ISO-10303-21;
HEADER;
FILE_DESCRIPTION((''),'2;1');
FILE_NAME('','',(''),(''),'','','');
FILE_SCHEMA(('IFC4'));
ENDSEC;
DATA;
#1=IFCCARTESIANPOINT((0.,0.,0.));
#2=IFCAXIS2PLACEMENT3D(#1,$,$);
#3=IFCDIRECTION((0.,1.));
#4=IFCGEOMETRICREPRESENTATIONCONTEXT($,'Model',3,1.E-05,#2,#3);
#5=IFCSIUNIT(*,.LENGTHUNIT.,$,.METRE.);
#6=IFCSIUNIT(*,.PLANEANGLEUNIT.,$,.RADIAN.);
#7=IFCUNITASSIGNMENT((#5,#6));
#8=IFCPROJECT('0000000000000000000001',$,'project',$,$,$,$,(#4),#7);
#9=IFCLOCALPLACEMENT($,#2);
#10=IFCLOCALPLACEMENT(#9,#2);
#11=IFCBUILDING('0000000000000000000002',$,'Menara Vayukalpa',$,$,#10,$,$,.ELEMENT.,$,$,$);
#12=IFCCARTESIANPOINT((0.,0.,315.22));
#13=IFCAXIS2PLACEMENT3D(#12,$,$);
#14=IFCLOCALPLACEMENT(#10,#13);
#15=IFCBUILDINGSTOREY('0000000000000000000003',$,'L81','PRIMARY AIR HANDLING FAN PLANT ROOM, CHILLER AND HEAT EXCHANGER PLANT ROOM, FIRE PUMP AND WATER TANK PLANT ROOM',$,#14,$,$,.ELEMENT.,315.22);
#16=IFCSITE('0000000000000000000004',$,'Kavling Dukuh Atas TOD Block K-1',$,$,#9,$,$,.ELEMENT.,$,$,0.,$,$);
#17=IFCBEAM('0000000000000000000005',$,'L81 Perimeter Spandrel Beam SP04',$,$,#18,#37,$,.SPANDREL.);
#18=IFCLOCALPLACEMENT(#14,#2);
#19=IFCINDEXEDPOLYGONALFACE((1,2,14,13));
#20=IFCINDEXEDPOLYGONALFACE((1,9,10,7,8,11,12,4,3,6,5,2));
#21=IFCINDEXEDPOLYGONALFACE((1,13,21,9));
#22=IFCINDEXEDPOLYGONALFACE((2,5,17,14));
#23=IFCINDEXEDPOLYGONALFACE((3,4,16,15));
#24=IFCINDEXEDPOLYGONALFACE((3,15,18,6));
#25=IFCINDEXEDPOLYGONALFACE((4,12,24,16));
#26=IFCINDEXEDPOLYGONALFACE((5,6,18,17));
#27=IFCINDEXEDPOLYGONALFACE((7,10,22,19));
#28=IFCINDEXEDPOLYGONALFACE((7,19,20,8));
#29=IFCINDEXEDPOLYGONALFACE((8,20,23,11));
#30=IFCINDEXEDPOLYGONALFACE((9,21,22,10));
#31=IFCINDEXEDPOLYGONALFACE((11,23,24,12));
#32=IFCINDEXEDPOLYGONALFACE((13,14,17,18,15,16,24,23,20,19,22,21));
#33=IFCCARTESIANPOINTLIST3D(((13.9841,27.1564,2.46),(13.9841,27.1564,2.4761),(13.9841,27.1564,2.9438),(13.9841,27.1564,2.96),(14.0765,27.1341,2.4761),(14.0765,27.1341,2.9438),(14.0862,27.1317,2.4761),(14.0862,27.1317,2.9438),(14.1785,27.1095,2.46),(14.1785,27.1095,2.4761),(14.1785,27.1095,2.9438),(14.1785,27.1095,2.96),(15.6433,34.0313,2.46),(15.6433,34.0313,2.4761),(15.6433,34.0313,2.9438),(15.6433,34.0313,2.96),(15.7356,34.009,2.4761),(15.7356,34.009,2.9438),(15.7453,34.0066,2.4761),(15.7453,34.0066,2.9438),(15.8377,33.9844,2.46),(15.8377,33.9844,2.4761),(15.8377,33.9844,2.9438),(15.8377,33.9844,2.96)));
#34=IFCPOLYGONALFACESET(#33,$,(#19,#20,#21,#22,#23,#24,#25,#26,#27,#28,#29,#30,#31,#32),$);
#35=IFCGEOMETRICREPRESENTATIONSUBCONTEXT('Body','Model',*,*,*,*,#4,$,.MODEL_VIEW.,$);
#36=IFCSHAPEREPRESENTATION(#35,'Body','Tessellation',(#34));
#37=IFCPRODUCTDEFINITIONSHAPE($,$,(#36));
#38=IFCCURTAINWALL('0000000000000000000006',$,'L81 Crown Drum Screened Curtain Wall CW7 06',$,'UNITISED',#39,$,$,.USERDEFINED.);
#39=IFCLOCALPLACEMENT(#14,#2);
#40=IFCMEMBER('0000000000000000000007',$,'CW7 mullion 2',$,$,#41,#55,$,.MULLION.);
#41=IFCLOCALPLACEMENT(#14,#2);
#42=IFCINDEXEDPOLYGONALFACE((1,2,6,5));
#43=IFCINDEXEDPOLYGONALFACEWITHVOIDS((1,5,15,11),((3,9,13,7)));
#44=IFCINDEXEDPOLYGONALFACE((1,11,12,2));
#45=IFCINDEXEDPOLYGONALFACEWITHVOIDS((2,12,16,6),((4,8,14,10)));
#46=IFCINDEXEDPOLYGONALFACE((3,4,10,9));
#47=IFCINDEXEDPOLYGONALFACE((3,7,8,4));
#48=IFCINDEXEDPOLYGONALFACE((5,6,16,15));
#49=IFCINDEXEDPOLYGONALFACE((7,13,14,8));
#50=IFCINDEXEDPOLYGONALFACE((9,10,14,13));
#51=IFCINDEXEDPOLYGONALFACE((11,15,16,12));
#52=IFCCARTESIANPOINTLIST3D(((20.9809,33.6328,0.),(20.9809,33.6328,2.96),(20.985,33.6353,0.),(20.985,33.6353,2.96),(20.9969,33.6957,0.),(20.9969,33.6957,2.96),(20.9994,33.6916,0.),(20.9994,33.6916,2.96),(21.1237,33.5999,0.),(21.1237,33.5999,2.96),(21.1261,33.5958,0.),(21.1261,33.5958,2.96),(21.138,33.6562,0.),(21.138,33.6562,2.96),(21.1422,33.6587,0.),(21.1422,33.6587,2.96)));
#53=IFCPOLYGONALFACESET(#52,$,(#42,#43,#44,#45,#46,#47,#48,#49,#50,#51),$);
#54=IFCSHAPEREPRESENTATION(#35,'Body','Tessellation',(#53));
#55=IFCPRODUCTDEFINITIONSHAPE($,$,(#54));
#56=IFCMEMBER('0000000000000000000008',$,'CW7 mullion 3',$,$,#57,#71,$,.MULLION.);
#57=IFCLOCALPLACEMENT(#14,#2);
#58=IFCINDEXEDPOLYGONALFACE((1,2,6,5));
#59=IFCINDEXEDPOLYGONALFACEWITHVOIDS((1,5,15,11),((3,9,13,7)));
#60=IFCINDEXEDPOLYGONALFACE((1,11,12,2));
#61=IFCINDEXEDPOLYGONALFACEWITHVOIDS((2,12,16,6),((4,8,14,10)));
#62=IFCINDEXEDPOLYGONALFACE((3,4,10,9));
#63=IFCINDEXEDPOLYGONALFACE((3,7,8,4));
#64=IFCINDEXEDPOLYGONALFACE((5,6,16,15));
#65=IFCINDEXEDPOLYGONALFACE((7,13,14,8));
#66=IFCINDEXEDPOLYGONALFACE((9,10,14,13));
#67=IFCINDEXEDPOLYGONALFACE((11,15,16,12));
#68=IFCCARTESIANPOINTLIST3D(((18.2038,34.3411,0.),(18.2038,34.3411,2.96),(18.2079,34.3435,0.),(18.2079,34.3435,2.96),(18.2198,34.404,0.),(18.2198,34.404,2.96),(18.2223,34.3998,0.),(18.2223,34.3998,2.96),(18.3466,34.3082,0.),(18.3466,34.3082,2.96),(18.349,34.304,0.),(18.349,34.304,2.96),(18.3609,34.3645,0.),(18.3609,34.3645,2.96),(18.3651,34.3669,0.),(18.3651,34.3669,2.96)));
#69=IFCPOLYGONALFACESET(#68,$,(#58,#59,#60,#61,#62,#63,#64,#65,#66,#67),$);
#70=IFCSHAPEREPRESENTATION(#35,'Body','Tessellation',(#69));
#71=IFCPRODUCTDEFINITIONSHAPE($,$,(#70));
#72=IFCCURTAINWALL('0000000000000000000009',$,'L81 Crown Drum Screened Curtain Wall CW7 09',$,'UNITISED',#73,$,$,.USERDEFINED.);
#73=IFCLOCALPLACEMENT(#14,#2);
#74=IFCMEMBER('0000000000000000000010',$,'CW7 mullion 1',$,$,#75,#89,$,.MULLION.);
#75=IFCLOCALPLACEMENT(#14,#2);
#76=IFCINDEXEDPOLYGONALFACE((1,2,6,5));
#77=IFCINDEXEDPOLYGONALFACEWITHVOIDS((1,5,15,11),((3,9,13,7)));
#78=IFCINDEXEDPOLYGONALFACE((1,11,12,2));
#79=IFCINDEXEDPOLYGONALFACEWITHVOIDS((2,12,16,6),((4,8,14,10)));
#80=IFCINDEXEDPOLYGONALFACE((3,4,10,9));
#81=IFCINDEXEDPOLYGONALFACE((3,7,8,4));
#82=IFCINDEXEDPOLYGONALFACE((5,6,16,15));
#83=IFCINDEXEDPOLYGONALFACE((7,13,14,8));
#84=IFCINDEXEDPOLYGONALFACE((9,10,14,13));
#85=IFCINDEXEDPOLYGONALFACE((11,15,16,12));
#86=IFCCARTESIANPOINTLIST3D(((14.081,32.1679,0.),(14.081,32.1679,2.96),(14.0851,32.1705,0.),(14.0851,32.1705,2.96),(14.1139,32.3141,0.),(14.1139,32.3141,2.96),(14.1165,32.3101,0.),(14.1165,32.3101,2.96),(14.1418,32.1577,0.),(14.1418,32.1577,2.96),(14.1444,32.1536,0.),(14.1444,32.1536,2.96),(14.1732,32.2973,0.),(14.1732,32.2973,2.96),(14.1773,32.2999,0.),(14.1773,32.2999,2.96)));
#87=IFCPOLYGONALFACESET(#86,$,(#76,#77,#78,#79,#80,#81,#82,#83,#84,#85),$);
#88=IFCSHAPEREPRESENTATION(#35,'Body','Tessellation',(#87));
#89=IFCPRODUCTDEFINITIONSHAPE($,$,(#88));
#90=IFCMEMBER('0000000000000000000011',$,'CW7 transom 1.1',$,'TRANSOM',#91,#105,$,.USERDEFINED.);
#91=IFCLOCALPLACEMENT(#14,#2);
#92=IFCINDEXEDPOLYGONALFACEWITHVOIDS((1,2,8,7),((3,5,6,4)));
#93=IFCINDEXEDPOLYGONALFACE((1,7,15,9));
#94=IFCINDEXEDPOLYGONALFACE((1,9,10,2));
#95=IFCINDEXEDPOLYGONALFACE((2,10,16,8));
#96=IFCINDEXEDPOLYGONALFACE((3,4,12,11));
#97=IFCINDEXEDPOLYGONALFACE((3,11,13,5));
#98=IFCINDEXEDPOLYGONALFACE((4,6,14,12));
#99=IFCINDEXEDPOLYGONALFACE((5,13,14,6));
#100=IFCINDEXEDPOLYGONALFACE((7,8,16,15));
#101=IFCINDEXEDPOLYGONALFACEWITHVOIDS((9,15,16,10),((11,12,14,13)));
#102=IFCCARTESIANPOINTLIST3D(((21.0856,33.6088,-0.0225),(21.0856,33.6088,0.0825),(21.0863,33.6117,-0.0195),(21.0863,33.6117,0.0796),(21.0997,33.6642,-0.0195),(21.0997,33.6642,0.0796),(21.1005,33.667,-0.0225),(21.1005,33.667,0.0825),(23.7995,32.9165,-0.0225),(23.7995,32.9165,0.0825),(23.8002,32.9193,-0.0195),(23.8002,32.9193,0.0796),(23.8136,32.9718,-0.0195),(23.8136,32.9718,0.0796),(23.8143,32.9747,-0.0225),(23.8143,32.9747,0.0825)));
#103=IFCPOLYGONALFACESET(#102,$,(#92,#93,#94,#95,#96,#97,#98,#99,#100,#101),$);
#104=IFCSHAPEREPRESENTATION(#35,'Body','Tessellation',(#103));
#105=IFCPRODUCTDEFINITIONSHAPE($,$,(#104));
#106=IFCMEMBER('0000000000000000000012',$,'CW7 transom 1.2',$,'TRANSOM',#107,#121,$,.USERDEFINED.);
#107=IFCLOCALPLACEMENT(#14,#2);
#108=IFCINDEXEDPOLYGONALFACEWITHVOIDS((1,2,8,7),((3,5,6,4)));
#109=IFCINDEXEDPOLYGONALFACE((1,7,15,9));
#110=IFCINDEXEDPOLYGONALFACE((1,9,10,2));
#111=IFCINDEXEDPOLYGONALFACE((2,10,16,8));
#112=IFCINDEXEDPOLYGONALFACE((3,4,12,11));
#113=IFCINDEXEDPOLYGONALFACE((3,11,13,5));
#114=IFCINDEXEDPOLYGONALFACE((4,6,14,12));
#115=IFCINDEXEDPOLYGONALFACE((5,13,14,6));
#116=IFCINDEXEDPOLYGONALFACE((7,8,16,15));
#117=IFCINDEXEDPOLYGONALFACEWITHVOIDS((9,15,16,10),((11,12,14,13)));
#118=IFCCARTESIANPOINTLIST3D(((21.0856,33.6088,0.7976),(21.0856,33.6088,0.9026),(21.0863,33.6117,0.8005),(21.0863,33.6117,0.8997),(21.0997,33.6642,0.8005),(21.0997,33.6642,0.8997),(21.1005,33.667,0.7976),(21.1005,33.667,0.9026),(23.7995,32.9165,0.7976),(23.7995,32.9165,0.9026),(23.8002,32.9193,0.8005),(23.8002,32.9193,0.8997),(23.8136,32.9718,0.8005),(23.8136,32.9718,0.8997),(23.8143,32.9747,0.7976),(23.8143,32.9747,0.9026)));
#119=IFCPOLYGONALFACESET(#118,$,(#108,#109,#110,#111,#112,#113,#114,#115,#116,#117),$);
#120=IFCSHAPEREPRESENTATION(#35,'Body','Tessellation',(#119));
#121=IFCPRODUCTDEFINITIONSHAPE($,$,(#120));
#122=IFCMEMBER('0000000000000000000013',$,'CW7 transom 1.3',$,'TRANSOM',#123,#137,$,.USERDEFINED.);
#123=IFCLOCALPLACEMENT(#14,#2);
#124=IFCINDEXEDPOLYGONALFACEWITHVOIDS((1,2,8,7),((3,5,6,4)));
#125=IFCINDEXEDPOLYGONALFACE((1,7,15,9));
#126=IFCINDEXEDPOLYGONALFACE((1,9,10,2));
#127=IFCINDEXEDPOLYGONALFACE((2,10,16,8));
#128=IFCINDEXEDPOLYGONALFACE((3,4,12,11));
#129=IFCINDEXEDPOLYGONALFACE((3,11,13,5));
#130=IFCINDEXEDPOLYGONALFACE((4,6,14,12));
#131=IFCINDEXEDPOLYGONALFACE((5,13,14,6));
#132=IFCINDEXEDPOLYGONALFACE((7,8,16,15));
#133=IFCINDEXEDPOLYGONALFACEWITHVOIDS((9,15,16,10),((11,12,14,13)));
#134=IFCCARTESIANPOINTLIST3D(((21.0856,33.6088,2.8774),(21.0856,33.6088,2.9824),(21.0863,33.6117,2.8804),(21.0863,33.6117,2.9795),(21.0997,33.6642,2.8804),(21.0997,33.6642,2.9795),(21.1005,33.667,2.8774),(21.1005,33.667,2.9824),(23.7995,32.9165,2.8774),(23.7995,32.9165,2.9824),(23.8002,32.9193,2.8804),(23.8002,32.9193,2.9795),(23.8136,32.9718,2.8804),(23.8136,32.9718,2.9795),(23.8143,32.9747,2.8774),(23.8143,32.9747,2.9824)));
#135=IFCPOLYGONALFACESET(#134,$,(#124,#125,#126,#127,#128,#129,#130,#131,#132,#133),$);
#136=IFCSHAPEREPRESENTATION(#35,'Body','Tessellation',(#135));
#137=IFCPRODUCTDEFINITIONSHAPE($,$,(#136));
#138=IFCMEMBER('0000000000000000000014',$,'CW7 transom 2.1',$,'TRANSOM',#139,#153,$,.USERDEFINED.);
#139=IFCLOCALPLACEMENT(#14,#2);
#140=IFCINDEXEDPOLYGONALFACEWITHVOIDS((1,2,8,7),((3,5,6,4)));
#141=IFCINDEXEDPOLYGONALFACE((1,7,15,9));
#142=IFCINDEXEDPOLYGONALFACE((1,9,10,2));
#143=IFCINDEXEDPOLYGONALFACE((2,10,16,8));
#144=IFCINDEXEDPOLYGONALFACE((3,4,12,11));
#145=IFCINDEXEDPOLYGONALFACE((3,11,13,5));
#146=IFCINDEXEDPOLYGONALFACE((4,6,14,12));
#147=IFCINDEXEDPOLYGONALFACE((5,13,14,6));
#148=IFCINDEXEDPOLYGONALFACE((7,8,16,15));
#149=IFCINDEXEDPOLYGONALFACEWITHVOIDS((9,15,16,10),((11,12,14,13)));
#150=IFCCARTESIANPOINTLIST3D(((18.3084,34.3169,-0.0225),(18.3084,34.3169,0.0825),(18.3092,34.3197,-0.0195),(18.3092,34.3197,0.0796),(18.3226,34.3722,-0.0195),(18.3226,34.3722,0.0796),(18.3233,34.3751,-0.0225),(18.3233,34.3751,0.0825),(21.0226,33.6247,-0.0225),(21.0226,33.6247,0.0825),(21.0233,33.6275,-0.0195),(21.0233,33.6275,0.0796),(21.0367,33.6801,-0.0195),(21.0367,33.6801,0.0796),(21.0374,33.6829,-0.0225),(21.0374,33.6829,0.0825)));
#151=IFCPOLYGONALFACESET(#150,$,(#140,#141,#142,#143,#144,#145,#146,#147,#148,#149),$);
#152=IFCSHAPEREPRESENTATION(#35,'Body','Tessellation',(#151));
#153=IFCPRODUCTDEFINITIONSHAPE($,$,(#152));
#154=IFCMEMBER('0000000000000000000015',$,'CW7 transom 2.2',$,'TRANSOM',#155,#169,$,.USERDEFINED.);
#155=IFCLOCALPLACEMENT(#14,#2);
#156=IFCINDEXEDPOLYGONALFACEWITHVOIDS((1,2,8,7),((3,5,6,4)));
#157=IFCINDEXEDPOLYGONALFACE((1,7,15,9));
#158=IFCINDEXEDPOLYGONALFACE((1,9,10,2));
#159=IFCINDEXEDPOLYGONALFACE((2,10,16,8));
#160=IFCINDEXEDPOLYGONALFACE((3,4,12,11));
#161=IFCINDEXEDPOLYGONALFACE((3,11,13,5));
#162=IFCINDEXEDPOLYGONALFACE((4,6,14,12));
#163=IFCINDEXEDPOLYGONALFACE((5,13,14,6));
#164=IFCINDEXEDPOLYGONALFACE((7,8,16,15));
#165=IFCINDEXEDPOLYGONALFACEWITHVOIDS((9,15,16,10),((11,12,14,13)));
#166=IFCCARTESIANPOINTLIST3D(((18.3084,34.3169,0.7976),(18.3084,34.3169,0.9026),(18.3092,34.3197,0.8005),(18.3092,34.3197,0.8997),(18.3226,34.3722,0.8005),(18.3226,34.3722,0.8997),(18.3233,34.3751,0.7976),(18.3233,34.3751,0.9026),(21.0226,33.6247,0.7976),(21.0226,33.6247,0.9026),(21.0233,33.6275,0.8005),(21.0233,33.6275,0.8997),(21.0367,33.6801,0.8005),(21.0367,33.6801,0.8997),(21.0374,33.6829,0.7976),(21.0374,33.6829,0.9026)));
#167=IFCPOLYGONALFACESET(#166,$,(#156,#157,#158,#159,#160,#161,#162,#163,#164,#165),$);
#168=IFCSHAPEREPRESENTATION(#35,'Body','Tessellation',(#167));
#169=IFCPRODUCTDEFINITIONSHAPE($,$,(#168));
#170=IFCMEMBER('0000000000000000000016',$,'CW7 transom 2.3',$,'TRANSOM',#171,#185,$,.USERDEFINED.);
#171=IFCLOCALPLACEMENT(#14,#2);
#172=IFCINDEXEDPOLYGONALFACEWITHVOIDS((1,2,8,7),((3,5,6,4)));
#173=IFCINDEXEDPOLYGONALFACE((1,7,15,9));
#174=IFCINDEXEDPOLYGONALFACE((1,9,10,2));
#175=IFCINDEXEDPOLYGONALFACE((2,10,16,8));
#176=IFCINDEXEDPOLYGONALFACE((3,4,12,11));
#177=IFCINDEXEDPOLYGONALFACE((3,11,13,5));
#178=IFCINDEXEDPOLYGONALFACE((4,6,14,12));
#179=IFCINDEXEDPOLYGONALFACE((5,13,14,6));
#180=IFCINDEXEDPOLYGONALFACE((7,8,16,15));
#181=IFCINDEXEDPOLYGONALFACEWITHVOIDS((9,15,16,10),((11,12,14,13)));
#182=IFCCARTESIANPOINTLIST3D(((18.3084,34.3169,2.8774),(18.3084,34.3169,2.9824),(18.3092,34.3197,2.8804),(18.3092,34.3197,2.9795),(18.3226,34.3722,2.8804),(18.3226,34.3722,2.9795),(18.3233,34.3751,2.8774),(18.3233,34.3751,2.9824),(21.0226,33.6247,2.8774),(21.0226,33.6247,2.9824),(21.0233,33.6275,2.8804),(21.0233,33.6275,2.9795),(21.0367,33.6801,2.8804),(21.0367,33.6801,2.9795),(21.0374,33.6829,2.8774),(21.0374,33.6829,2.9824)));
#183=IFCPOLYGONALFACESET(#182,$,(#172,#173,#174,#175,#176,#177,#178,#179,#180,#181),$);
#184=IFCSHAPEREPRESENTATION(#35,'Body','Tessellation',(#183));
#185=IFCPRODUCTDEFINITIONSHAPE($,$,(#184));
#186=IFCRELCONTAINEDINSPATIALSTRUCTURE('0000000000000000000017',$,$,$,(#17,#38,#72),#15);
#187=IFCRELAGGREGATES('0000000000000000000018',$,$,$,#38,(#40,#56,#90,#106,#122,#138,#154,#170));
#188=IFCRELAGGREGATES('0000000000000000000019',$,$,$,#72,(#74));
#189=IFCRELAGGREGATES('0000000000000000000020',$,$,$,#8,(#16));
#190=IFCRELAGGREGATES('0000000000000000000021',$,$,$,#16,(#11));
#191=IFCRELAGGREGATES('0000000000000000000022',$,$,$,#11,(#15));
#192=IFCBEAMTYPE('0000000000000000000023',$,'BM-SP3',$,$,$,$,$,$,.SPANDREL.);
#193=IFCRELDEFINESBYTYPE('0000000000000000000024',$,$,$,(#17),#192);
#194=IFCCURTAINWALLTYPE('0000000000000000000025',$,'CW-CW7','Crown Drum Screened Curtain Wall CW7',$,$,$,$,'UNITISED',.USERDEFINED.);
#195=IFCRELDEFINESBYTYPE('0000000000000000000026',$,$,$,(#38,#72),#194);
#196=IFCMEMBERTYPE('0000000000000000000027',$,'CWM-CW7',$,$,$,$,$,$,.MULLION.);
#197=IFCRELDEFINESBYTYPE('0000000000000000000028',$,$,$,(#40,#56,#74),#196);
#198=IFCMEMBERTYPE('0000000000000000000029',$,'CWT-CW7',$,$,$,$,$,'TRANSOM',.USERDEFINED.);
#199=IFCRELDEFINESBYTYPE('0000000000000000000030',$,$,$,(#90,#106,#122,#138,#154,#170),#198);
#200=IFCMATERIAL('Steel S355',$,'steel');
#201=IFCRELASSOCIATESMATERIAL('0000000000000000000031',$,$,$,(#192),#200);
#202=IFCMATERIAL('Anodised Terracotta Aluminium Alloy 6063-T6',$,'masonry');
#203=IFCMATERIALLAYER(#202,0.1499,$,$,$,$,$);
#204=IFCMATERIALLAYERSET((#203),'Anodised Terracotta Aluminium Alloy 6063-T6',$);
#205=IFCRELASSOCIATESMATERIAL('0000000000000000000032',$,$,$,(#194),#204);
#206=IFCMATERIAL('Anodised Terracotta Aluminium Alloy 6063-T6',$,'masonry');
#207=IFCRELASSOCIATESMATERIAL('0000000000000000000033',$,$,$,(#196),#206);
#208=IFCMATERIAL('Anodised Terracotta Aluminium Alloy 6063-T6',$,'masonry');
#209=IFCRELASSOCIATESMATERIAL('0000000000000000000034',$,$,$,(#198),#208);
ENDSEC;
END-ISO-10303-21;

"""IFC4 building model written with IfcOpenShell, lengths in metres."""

from ifc_helpers import new_model, si_unit, direction, frame, origin, origin_2d, place, context, subcontext, project, spatial, hollow_rectangle, i_section, extrude, material, layer, layer_set, material_profile, profile_set, type_object, element, aggregate, save


model = new_model("IFC4")

# Units and contexts
model_context = context("Model", 3, precision=1e-05, world=origin(), true_north=direction((0.0, 1.0)))
body_context = subcontext(model_context, "Body", "Model", "MODEL_VIEW")
ifc_project = project(units=[si_unit("LENGTHUNIT", "METRE"), si_unit("PLANEANGLEUNIT", "RADIAN")], contexts=[model_context])

# Site, building, storey
site_placement = place(None, origin())
site = spatial("IfcSite", under=ifc_project, at=site_placement, Name="Kavling Dukuh Atas TOD Block K-1", CompositionType="ELEMENT", RefElevation=0.0)
building_placement = place(site_placement, origin())
building = spatial("IfcBuilding", under=site, at=building_placement, Name="Menara Vayukalpa", CompositionType="ELEMENT")
storey_placement = place(building_placement, frame((0.0, 0.0, 315.22)))
storey = spatial("IfcBuildingStorey", under=building, at=storey_placement, Name="L81", Description="PRIMARY AIR HANDLING FAN PLANT ROOM, CHILLER AND HEAT EXCHANGER PLANT ROOM, FIRE PUMP AND WATER TANK PLANT ROOM", CompositionType="ELEMENT", Elevation=315.22)

# Beam
ifc_material_1 = material(Name="Steel S355", Category="steel")
ifc_material_profile_1 = material_profile(ifc_material_1, i_section(OverallWidth=0.2, OverallDepth=0.5, WebThickness=0.01, FlangeThickness=0.0161, at=origin_2d()), Name="WF 500x200x10x16")
ifc_profile_set_1 = profile_set([ifc_material_profile_1], Name="Steel S355")
beam_type_1 = type_object("IfcBeamType", Name="BM-SP3", PredefinedType="SPANDREL", material=ifc_profile_set_1)
beam_1_placement = place(storey_placement, frame((15.7405, 34.0078, 2.71), z_axis=(-0.2346, -0.972092, 0.0), x_axis=(0.972092, -0.2346, 0.0)))
element("IfcBeam", 1, at=beam_1_placement, inside=storey, type_object=beam_type_1, Name="L81 Perimeter Spandrel Beam SP04", PredefinedType="SPANDREL", context=body_context, shape_type="SweptSolid", body=[
    extrude(i_section(OverallWidth=0.2, OverallDepth=0.5, WebThickness=0.01, FlangeThickness=0.0161, at=origin_2d()), origin(), (0.0, 0.0, 1.0), 7.0723),
])

# Curtain wall, members
ifc_material_2 = material(Name="Anodised Terracotta Aluminium Alloy 6063-T6", Category="masonry")
ifc_layer_1 = layer(ifc_material_2, 0.1499)
ifc_layer_set_1 = layer_set([ifc_layer_1], Name="Anodised Terracotta Aluminium Alloy 6063-T6")
curtain_wall_type = type_object("IfcCurtainWallType", Name="CW-CW7", Description="Crown Drum Screened Curtain Wall CW7", ElementType="UNITISED", PredefinedType="USERDEFINED", material=ifc_layer_set_1)
curtain_wall_1_placement = place(storey_placement, origin())
curtain_wall_1 = element("IfcCurtainWall", 2, at=curtain_wall_1_placement, inside=storey, type_object=curtain_wall_type, Name="L81 Crown Drum Screened Curtain Wall CW7 06", ObjectType="UNITISED", PredefinedType="USERDEFINED")
ifc_material_3 = material(Name="Anodised Terracotta Aluminium Alloy 6063-T6", Category="masonry")
ifc_material_profile_2 = material_profile(ifc_material_3, hollow_rectangle(XDim=0.0649, YDim=0.1499, WallThickness=0.0034, at=origin_2d()), Name="ALU 65x150x3.5")
ifc_profile_set_2 = profile_set([ifc_material_profile_2], Name="Anodised Terracotta Aluminium Alloy 6063-T6")
member_type_1 = type_object("IfcMemberType", Name="CWM-CW7", PredefinedType="MULLION", material=ifc_profile_set_2)
member_1_placement = place(storey_placement, frame((21.0615, 33.6458, 0.0), z_axis=(0.0, 0.0, 1.0), x_axis=(-0.247124, -0.968984, 0.0)))
member_1 = element("IfcMember", 3, at=member_1_placement, type_object=member_type_1, Name="CW7 mullion 2", PredefinedType="MULLION", context=body_context, shape_type="SweptSolid", body=[
    extrude(hollow_rectangle(XDim=0.0649, YDim=0.1499, WallThickness=0.0034, at=origin_2d()), origin(), (0.0, 0.0, 1.0), 2.96),
])
member_2_placement = place(storey_placement, frame((18.2844, 34.354, 0.0), z_axis=(0.0, 0.0, 1.0), x_axis=(-0.247124, -0.968984, 0.0)))
member_2 = element("IfcMember", 4, at=member_2_placement, type_object=member_type_1, Name="CW7 mullion 3", PredefinedType="MULLION", context=body_context, shape_type="SweptSolid", body=[
    extrude(hollow_rectangle(XDim=0.0649, YDim=0.1499, WallThickness=0.0034, at=origin_2d()), origin(), (0.0, 0.0, 1.0), 2.96),
])

# Curtain wall, member
curtain_wall_2_placement = place(storey_placement, origin())
curtain_wall_2 = element("IfcCurtainWall", 5, at=curtain_wall_2_placement, inside=storey, type_object=curtain_wall_type, Name="L81 Crown Drum Screened Curtain Wall CW7 09", ObjectType="UNITISED", PredefinedType="USERDEFINED")
member_3_placement = place(storey_placement, frame((14.1292, 32.2339, 0.0), z_axis=(0.0, 0.0, 1.0), x_axis=(0.975609, -0.219516, 0.0)))
member_3 = element("IfcMember", 6, at=member_3_placement, type_object=member_type_1, Name="CW7 mullion 1", PredefinedType="MULLION", context=body_context, shape_type="SweptSolid", body=[
    extrude(hollow_rectangle(XDim=0.0649, YDim=0.1499, WallThickness=0.0034, at=origin_2d()), origin(), (0.0, 0.0, 1.0), 2.96),
])

# Members
ifc_material_4 = material(Name="Anodised Terracotta Aluminium Alloy 6063-T6", Category="masonry")
ifc_material_profile_3 = material_profile(ifc_material_4, hollow_rectangle(XDim=0.0601, YDim=0.105, WallThickness=0.0029, at=origin_2d()), Name="ALU 60x105x3")
ifc_profile_set_3 = profile_set([ifc_material_profile_3], Name="Anodised Terracotta Aluminium Alloy 6063-T6")
member_type_2 = type_object("IfcMemberType", Name="CWT-CW7", ElementType="TRANSOM", PredefinedType="USERDEFINED", material=ifc_profile_set_3)
member_4_placement = place(storey_placement, frame((23.8069, 32.9456, 0.03), z_axis=(-0.968962, 0.247209, 0.0), x_axis=(-0.247209, -0.968962, 0.0)))
member_4 = element("IfcMember", 7, at=member_4_placement, type_object=member_type_2, Name="CW7 transom 1.1", ObjectType="TRANSOM", PredefinedType="USERDEFINED", context=body_context, shape_type="SweptSolid", body=[
    extrude(hollow_rectangle(XDim=0.0601, YDim=0.105, WallThickness=0.0029, at=origin_2d()), origin(), (0.0, 0.0, 1.0), 2.8008),
])
member_5_placement = place(storey_placement, frame((23.8069, 32.9456, 0.8501), z_axis=(-0.968962, 0.247209, 0.0), x_axis=(-0.247209, -0.968962, 0.0)))
member_5 = element("IfcMember", 8, at=member_5_placement, type_object=member_type_2, Name="CW7 transom 1.2", ObjectType="TRANSOM", PredefinedType="USERDEFINED", context=body_context, shape_type="SweptSolid", body=[
    extrude(hollow_rectangle(XDim=0.0601, YDim=0.105, WallThickness=0.0029, at=origin_2d()), origin(), (0.0, 0.0, 1.0), 2.8008),
])
member_6_placement = place(storey_placement, frame((23.8069, 32.9456, 2.9299), z_axis=(-0.968962, 0.247209, 0.0), x_axis=(-0.247209, -0.968962, 0.0)))
member_6 = element("IfcMember", 9, at=member_6_placement, type_object=member_type_2, Name="CW7 transom 1.3", ObjectType="TRANSOM", PredefinedType="USERDEFINED", context=body_context, shape_type="SweptSolid", body=[
    extrude(hollow_rectangle(XDim=0.0601, YDim=0.105, WallThickness=0.0029, at=origin_2d()), origin(), (0.0, 0.0, 1.0), 2.8008),
])
member_7_placement = place(storey_placement, frame((21.03, 33.6538, 0.03), z_axis=(-0.968988, 0.247106, 0.0), x_axis=(-0.247106, -0.968988, 0.0)))
member_7 = element("IfcMember", 10, at=member_7_placement, type_object=member_type_2, Name="CW7 transom 2.1", ObjectType="TRANSOM", PredefinedType="USERDEFINED", context=body_context, shape_type="SweptSolid", body=[
    extrude(hollow_rectangle(XDim=0.0601, YDim=0.105, WallThickness=0.0029, at=origin_2d()), origin(), (0.0, 0.0, 1.0), 2.801),
])
member_8_placement = place(storey_placement, frame((21.03, 33.6538, 0.8501), z_axis=(-0.968988, 0.247106, 0.0), x_axis=(-0.247106, -0.968988, 0.0)))
member_8 = element("IfcMember", 11, at=member_8_placement, type_object=member_type_2, Name="CW7 transom 2.2", ObjectType="TRANSOM", PredefinedType="USERDEFINED", context=body_context, shape_type="SweptSolid", body=[
    extrude(hollow_rectangle(XDim=0.0601, YDim=0.105, WallThickness=0.0029, at=origin_2d()), origin(), (0.0, 0.0, 1.0), 2.801),
])
member_9_placement = place(storey_placement, frame((21.03, 33.6538, 2.9299), z_axis=(-0.968988, 0.247106, 0.0), x_axis=(-0.247106, -0.968988, 0.0)))
member_9 = element("IfcMember", 12, at=member_9_placement, type_object=member_type_2, Name="CW7 transom 2.3", ObjectType="TRANSOM", PredefinedType="USERDEFINED", context=body_context, shape_type="SweptSolid", body=[
    extrude(hollow_rectangle(XDim=0.0601, YDim=0.105, WallThickness=0.0029, at=origin_2d()), origin(), (0.0, 0.0, 1.0), 2.801),
])

aggregate(curtain_wall_1, [member_1, member_2, member_4, member_5, member_6, member_7, member_8, member_9])
aggregate(curtain_wall_2, [member_3])

save(model, "model.ifc")
